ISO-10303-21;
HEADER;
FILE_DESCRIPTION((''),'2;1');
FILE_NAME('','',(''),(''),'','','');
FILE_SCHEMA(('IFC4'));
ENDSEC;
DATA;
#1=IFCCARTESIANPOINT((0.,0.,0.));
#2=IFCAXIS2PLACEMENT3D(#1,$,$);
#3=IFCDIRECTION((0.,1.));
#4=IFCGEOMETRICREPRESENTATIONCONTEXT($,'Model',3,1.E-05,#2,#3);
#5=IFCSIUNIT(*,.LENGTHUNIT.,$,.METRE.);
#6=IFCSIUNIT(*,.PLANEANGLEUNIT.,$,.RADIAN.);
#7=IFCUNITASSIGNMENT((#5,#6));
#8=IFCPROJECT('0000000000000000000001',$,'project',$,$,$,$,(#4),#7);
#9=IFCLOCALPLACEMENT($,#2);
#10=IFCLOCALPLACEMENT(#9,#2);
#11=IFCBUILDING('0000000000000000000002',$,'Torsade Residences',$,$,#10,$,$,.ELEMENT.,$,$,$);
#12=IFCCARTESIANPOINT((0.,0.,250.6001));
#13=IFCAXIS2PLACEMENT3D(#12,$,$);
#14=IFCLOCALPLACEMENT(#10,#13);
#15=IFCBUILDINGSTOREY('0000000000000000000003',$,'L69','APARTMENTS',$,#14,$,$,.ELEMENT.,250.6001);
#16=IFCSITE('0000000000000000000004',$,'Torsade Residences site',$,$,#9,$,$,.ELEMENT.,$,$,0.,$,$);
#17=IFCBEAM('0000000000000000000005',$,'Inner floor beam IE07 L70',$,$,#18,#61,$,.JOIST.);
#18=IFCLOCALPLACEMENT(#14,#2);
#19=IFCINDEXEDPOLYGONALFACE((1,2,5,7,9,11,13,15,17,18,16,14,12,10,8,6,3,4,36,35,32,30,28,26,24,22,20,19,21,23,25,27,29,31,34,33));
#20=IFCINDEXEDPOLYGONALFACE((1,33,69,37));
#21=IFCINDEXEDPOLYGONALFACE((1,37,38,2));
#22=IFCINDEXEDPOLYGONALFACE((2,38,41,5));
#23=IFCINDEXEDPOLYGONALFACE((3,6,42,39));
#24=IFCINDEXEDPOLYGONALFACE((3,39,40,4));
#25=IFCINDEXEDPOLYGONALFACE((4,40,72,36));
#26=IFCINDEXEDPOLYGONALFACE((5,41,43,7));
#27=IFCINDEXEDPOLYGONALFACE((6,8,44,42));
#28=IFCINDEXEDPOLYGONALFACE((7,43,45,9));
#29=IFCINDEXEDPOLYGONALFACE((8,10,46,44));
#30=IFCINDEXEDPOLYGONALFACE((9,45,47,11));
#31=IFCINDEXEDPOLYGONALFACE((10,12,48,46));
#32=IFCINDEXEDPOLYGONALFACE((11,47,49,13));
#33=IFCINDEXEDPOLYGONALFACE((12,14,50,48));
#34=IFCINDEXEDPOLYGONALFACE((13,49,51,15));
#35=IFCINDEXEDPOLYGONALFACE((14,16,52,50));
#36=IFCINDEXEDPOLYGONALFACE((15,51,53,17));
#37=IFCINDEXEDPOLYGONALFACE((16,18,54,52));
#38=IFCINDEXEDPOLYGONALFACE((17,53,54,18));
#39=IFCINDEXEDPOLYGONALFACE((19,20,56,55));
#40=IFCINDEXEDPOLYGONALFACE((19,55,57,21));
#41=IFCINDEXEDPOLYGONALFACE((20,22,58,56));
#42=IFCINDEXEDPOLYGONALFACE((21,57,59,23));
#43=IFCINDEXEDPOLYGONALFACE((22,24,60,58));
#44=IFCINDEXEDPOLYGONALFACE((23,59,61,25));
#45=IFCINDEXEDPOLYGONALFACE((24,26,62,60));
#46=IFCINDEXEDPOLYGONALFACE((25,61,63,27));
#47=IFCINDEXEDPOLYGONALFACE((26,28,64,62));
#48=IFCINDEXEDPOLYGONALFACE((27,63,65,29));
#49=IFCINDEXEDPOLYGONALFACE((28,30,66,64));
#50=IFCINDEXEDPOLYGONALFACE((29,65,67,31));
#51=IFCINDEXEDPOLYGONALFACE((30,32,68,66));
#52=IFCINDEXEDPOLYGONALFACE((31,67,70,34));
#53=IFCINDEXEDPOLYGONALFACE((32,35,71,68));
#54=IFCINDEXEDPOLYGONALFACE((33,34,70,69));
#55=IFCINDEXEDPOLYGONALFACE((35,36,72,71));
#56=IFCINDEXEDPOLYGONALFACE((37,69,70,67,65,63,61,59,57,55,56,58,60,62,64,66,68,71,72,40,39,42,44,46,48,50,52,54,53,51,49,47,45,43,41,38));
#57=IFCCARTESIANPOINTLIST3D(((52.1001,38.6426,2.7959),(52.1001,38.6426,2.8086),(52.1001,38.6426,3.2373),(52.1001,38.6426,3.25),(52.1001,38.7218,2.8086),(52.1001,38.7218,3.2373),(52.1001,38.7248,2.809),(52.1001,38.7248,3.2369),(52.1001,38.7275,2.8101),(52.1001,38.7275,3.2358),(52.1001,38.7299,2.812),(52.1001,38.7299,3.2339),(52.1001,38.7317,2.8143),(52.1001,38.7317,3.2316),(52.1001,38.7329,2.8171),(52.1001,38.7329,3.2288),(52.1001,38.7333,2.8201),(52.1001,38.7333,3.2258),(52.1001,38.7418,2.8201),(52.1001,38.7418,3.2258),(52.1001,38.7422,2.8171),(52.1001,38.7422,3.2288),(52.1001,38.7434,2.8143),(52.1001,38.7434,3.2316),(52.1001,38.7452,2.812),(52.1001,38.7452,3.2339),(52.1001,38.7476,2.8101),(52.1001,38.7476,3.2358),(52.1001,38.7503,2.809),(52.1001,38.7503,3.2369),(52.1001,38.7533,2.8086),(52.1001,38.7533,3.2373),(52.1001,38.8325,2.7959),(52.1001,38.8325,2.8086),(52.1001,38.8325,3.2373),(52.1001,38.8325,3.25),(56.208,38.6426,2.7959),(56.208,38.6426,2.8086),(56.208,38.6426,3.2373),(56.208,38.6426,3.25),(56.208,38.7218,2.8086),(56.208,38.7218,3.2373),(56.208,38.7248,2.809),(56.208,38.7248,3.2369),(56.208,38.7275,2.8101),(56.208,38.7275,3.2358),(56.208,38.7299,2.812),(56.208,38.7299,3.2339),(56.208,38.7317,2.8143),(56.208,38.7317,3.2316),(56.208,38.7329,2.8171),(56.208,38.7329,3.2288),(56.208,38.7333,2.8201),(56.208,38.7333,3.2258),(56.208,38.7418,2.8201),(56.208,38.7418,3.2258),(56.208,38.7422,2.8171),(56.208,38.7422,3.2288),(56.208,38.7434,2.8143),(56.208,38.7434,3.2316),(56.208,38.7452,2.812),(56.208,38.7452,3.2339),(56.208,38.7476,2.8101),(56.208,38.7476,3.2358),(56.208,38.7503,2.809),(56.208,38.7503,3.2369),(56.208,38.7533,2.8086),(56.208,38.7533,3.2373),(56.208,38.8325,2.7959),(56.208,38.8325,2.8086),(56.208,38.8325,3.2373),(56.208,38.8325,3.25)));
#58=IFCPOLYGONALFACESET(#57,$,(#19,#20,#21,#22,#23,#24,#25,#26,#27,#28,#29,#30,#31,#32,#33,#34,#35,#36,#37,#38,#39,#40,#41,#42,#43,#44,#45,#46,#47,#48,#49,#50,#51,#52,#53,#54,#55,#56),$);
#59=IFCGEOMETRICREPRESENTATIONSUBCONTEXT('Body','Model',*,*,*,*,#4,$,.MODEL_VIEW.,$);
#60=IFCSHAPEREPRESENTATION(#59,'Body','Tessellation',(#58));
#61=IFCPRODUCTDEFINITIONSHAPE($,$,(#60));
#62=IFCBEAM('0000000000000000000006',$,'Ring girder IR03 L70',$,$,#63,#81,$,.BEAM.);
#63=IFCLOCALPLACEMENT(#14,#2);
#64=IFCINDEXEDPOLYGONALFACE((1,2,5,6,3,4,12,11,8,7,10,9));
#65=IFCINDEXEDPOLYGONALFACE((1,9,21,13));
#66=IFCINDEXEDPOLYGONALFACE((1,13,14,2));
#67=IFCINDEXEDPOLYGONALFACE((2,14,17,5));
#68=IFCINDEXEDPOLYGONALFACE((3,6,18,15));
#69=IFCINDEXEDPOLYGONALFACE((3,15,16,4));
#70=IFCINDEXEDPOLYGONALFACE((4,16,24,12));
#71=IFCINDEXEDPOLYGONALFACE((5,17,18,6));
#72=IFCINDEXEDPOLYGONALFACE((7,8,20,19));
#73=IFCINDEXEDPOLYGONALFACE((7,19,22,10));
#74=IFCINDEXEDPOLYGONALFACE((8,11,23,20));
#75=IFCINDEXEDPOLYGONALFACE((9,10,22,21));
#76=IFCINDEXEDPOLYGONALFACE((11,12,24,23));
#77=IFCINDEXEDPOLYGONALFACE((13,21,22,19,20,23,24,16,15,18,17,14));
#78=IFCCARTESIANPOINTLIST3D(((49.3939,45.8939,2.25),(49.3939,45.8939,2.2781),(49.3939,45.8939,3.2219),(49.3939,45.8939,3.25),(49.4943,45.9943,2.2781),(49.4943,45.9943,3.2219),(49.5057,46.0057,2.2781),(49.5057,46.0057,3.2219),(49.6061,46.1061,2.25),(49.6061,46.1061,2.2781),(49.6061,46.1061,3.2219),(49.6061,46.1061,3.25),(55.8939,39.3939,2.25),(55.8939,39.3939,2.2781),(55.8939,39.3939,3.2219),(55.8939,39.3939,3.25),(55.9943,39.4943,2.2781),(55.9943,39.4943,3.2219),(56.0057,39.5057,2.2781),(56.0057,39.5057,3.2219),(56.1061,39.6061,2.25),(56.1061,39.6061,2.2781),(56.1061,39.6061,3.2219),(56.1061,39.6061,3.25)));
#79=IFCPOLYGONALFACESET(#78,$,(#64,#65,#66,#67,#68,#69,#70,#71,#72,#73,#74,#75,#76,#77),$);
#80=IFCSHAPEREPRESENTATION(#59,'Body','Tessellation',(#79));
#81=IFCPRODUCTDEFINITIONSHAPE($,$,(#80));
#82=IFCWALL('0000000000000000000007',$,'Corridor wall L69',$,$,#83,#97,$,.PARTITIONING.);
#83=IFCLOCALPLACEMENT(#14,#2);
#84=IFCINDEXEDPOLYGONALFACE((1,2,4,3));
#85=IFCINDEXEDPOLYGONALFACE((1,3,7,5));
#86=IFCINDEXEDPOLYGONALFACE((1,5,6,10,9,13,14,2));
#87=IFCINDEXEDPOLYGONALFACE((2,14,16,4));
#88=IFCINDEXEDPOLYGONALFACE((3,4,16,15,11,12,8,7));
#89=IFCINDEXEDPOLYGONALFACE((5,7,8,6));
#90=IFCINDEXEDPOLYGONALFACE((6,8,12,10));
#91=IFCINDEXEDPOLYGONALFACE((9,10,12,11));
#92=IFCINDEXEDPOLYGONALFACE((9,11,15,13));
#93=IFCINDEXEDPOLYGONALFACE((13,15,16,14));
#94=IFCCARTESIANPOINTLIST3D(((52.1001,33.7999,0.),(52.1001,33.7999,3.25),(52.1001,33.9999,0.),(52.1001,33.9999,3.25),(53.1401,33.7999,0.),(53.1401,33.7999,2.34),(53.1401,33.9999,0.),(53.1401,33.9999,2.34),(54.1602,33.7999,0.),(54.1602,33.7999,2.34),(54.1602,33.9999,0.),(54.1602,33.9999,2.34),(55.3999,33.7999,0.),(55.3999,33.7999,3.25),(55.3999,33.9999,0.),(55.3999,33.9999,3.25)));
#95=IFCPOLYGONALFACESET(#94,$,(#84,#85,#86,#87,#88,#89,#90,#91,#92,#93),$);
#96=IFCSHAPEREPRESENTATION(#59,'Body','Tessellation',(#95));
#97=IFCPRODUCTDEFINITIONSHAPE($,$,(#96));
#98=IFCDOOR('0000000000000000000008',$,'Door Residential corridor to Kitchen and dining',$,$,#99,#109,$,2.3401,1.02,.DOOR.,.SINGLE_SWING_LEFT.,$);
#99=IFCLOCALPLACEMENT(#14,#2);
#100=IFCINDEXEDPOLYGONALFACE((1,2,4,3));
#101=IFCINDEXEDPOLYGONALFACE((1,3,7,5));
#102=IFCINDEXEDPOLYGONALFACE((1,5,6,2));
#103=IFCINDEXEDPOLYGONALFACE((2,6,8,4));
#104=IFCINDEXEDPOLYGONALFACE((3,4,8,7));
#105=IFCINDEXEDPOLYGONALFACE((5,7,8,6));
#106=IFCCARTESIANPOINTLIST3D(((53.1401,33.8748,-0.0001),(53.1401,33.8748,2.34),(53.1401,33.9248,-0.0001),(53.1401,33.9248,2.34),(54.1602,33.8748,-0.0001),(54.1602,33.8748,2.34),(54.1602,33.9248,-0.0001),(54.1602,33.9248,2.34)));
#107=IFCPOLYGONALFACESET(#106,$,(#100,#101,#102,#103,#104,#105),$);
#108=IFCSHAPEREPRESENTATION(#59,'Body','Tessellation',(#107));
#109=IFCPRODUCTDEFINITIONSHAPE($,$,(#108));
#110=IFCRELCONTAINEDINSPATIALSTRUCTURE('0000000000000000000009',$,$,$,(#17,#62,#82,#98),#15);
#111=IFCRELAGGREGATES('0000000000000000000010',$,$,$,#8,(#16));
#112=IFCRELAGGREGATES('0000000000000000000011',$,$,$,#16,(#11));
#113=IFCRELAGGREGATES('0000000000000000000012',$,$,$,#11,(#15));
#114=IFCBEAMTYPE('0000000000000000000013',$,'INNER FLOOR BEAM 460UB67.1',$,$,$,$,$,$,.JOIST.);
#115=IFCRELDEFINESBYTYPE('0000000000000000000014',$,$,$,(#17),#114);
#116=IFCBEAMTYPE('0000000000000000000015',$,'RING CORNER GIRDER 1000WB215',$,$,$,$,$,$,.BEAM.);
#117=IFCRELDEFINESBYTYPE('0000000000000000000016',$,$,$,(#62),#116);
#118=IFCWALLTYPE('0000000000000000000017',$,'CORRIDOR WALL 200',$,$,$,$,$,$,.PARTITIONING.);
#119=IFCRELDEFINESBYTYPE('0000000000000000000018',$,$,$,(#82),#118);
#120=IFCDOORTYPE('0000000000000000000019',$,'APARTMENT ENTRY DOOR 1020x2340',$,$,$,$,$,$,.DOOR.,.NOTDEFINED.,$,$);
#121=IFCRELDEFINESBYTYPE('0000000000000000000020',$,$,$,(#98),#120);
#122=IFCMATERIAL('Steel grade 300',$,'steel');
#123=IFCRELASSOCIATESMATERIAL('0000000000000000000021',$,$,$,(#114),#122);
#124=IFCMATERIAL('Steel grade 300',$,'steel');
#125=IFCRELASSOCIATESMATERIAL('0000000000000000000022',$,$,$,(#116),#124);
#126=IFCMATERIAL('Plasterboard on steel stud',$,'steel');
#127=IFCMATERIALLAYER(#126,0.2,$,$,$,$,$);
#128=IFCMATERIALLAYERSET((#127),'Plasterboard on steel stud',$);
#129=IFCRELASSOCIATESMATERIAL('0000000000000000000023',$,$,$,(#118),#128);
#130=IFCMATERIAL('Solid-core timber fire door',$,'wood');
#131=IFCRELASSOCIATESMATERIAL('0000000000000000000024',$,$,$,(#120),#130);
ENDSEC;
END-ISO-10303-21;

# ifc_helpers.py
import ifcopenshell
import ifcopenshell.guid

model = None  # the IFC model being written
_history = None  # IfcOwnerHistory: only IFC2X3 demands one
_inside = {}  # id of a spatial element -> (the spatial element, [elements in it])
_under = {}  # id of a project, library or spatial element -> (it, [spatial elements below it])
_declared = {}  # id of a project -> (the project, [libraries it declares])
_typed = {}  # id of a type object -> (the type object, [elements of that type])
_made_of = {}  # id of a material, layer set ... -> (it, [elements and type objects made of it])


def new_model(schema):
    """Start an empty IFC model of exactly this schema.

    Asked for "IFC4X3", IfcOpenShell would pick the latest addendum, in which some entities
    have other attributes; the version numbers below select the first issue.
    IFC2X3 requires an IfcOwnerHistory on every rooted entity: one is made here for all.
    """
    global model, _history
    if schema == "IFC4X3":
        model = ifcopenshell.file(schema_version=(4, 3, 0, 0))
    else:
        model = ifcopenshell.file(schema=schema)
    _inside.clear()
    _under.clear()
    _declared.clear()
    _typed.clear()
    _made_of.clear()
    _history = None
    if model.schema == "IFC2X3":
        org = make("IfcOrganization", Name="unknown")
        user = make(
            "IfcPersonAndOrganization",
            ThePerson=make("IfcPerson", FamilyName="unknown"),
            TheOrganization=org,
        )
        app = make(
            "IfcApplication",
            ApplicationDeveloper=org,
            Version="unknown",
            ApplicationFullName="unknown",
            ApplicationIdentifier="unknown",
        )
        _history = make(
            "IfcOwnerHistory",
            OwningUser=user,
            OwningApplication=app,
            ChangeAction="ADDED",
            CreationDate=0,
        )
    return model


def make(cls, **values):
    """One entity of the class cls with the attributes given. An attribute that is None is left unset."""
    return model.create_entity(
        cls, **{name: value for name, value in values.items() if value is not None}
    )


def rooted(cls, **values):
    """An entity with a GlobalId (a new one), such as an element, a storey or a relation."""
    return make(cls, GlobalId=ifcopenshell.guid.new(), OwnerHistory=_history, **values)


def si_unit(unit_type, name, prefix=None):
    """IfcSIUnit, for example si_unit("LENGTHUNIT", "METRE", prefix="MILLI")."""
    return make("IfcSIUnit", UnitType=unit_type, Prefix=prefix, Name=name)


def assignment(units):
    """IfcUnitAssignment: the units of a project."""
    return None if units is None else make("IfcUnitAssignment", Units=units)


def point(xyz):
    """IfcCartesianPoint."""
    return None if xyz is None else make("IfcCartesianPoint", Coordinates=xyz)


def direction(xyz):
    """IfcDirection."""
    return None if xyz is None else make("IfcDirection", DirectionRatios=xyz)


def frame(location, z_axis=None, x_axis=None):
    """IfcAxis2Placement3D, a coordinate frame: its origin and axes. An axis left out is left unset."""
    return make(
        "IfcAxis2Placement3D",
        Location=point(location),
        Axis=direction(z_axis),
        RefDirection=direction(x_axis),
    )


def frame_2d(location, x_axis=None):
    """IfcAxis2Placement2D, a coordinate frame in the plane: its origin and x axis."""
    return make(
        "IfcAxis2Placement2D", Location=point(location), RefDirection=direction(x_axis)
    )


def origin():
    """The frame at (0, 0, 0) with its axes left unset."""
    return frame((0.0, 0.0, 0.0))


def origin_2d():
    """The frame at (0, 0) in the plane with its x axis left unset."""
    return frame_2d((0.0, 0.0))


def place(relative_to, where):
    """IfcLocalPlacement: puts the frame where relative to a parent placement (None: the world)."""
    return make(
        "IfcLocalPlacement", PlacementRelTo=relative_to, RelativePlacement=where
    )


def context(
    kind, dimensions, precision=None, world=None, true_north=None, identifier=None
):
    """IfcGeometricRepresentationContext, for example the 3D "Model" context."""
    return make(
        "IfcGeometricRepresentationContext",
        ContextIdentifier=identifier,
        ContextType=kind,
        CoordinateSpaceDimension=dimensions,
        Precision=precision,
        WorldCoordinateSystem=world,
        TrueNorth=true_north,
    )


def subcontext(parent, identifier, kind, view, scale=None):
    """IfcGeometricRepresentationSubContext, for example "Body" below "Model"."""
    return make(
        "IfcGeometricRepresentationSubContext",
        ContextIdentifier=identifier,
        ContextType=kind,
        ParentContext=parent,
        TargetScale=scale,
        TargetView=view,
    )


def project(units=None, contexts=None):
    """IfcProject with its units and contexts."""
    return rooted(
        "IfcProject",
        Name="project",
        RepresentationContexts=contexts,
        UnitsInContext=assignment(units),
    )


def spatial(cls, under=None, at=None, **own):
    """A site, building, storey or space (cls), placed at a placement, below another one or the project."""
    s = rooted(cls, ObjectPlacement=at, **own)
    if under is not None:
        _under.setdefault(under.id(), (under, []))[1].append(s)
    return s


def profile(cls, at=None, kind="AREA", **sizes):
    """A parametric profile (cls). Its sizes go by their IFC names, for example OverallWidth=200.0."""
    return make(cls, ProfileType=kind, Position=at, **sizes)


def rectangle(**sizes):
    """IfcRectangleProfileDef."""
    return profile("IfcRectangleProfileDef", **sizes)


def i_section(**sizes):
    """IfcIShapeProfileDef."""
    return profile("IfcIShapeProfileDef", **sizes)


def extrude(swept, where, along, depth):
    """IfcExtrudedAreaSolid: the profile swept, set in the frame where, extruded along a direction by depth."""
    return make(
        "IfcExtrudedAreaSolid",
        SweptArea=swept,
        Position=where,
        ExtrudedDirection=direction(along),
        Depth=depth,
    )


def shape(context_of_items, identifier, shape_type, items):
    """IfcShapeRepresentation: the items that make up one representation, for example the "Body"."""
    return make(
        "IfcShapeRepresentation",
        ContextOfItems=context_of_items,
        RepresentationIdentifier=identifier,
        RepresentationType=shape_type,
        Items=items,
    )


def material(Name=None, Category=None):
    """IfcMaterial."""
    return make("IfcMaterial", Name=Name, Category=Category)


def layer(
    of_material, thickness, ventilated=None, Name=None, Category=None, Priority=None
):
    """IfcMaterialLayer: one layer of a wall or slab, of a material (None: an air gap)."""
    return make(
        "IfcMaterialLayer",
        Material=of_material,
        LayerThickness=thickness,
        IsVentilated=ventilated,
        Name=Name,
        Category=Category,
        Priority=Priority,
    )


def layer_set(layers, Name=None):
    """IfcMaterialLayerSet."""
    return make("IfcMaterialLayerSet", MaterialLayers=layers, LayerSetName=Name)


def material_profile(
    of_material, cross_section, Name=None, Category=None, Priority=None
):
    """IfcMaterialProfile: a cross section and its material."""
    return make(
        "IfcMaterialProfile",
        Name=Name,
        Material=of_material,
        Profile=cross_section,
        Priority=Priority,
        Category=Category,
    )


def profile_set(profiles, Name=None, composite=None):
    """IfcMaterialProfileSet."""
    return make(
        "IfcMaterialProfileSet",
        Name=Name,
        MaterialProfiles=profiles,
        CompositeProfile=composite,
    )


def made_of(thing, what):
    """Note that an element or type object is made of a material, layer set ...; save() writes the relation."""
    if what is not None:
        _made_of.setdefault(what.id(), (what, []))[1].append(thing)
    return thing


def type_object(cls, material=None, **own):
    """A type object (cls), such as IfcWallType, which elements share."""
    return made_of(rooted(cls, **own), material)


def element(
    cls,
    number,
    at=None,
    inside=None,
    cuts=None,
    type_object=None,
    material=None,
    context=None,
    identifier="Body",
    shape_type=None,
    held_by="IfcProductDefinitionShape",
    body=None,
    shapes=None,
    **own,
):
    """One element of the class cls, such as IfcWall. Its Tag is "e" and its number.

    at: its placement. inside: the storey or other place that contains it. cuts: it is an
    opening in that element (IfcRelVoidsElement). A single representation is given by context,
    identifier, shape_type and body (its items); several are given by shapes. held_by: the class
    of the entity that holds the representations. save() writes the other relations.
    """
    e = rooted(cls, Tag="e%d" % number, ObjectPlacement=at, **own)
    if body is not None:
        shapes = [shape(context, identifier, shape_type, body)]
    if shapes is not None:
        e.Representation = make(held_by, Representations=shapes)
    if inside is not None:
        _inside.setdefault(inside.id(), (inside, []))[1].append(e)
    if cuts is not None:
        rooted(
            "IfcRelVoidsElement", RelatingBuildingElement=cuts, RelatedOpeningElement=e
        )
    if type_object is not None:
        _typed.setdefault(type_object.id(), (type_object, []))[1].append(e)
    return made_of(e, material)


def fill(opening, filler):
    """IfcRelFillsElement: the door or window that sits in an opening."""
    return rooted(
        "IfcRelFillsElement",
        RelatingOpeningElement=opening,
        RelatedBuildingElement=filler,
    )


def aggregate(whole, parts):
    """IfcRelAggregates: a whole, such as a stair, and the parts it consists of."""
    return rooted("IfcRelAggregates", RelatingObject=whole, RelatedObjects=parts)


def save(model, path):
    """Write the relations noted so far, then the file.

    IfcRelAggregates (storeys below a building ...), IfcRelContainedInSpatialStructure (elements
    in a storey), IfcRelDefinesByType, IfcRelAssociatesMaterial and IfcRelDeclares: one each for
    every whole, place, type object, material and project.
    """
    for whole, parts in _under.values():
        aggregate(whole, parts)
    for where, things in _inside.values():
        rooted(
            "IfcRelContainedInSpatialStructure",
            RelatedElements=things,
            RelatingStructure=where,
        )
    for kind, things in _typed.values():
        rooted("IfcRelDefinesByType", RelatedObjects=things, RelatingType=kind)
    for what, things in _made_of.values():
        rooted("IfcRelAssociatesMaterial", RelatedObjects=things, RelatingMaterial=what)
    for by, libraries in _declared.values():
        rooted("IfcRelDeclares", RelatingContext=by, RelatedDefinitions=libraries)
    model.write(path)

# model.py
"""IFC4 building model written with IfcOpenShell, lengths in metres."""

from ifc_helpers import new_model, si_unit, direction, frame, frame_2d, origin, origin_2d, place, context, subcontext, project, spatial, rectangle, i_section, extrude, material, layer, layer_set, material_profile, profile_set, type_object, element, fill, save


model = new_model("IFC4")

# Units and contexts
model_context = context("Model", 3, precision=1e-05, world=origin(), true_north=direction((0.0, 1.0)))
body_context = subcontext(model_context, "Body", "Model", "MODEL_VIEW")
ifc_project = project(units=[si_unit("LENGTHUNIT", "METRE"), si_unit("PLANEANGLEUNIT", "RADIAN")], contexts=[model_context])

# Site, building, storey
site_placement = place(None, origin())
site = spatial("IfcSite", under=ifc_project, at=site_placement, Name="Torsade Residences site", CompositionType="ELEMENT", RefElevation=0.0)
building_placement = place(site_placement, origin())
building = spatial("IfcBuilding", under=site, at=building_placement, Name="Torsade Residences", CompositionType="ELEMENT")
storey_placement = place(building_placement, frame((0.0, 0.0, 250.6001)))
storey = spatial("IfcBuildingStorey", under=building, at=storey_placement, Name="L69", Description="APARTMENTS", CompositionType="ELEMENT", Elevation=250.6001)

# Beams
ifc_material_1 = material(Name="Steel grade 300", Category="steel")
ifc_material_profile_1 = material_profile(ifc_material_1, i_section(OverallWidth=0.1899, OverallDepth=0.4541, WebThickness=0.0085, FlangeThickness=0.0127, FilletRadius=0.0115, at=origin_2d()), Name="460UB67.1")
ifc_profile_set_1 = profile_set([ifc_material_profile_1], Name="Steel grade 300")
beam_type_1 = type_object("IfcBeamType", Name="INNER FLOOR BEAM 460UB67.1", PredefinedType="JOIST", material=ifc_profile_set_1)
beam_1_placement = place(storey_placement, frame((52.1001, 38.7375, 3.0229), z_axis=(1.0, 0.0, 0.0), x_axis=(0.0, 1.0, 0.0)))
element("IfcBeam", 1, at=beam_1_placement, inside=storey, type_object=beam_type_1, Name="Inner floor beam IE07 L70", PredefinedType="JOIST", context=body_context, shape_type="SweptSolid", body=[
    extrude(i_section(OverallWidth=0.1899, OverallDepth=0.4541, WebThickness=0.0085, FlangeThickness=0.0127, FilletRadius=0.0115, at=origin_2d()), origin(), (0.0, 0.0, 1.0), 4.1079),
])
ifc_material_2 = material(Name="Steel grade 300", Category="steel")
ifc_material_profile_2 = material_profile(ifc_material_2, i_section(OverallWidth=0.3, OverallDepth=1.0, WebThickness=0.0161, FlangeThickness=0.0281, at=origin_2d()), Name="1000WB215")
ifc_profile_set_2 = profile_set([ifc_material_profile_2], Name="Steel grade 300")
beam_type_2 = type_object("IfcBeamType", Name="RING CORNER GIRDER 1000WB215", PredefinedType="BEAM", material=ifc_profile_set_2)
beam_2_placement = place(storey_placement, frame((56.0, 39.5, 2.75), z_axis=(-0.707107, 0.707107, 0.0), x_axis=(-0.707107, -0.707107, 0.0)))
element("IfcBeam", 2, at=beam_2_placement, inside=storey, type_object=beam_type_2, Name="Ring girder IR03 L70", PredefinedType="BEAM", context=body_context, shape_type="SweptSolid", body=[
    extrude(i_section(OverallWidth=0.3, OverallDepth=1.0, WebThickness=0.0161, FlangeThickness=0.0281, at=origin_2d()), origin(), (0.0, 0.0, 1.0), 9.1924),
])

# Wall, opening, door
ifc_material_3 = material(Name="Plasterboard on steel stud", Category="steel")
ifc_layer_1 = layer(ifc_material_3, 0.2)
ifc_layer_set_1 = layer_set([ifc_layer_1], Name="Plasterboard on steel stud")
wall_type_1 = type_object("IfcWallType", Name="CORRIDOR WALL 200", PredefinedType="PARTITIONING", material=ifc_layer_set_1)
wall_1_placement = place(storey_placement, frame((52.1001, 33.8999, 0.0), z_axis=(0.0, 0.0, 1.0), x_axis=(1.0, 0.0, 0.0)))
wall_1 = element("IfcWall", 3, at=wall_1_placement, inside=storey, type_object=wall_type_1, Name="Corridor wall L69", PredefinedType="PARTITIONING", context=body_context, shape_type="SweptSolid", body=[
    extrude(rectangle(XDim=3.2998, YDim=0.2, at=frame_2d((1.6499, 0.0))), origin(), (0.0, 0.0, 1.0), 3.25),
])
opening_1_placement = place(wall_1_placement, frame((1.04, 0.0, 0.0)))
opening_1 = element("IfcOpeningElement", 4, at=opening_1_placement, cuts=wall_1, PredefinedType="OPENING", context=body_context, shape_type="SweptSolid", body=[
    extrude(rectangle(XDim=1.02, YDim=2.3401, at=frame_2d((0.51, 1.1699))), frame((0.0, 0.1099, 0.0), z_axis=(0.0, -1.0, 0.0), x_axis=(1.0, 0.0, 0.0)), (0.0, 0.0, 1.0), 0.22),
])
ifc_material_4 = material(Name="Solid-core timber fire door", Category="wood")
door_type_1 = type_object("IfcDoorType", Name="APARTMENT ENTRY DOOR 1020x2340", OperationType="NOTDEFINED", PredefinedType="DOOR", material=ifc_material_4)
door_1_placement = place(opening_1_placement, origin())
door_1 = element("IfcDoor", 5, at=door_1_placement, inside=storey, type_object=door_type_1, Name="Door Residential corridor to Kitchen and dining", OperationType="SINGLE_SWING_LEFT", OverallHeight=2.3401, OverallWidth=1.02, PredefinedType="DOOR", context=body_context, shape_type="SweptSolid", body=[
    extrude(rectangle(XDim=1.02, YDim=2.3401, at=frame_2d((0.51, 1.1699))), frame((0.0, 0.0249, 0.0), z_axis=(0.0, -1.0, 0.0), x_axis=(1.0, 0.0, 0.0)), (0.0, 0.0, 1.0), 0.05),
])
fill(opening_1, door_1)

save(model, "model.ifc")
